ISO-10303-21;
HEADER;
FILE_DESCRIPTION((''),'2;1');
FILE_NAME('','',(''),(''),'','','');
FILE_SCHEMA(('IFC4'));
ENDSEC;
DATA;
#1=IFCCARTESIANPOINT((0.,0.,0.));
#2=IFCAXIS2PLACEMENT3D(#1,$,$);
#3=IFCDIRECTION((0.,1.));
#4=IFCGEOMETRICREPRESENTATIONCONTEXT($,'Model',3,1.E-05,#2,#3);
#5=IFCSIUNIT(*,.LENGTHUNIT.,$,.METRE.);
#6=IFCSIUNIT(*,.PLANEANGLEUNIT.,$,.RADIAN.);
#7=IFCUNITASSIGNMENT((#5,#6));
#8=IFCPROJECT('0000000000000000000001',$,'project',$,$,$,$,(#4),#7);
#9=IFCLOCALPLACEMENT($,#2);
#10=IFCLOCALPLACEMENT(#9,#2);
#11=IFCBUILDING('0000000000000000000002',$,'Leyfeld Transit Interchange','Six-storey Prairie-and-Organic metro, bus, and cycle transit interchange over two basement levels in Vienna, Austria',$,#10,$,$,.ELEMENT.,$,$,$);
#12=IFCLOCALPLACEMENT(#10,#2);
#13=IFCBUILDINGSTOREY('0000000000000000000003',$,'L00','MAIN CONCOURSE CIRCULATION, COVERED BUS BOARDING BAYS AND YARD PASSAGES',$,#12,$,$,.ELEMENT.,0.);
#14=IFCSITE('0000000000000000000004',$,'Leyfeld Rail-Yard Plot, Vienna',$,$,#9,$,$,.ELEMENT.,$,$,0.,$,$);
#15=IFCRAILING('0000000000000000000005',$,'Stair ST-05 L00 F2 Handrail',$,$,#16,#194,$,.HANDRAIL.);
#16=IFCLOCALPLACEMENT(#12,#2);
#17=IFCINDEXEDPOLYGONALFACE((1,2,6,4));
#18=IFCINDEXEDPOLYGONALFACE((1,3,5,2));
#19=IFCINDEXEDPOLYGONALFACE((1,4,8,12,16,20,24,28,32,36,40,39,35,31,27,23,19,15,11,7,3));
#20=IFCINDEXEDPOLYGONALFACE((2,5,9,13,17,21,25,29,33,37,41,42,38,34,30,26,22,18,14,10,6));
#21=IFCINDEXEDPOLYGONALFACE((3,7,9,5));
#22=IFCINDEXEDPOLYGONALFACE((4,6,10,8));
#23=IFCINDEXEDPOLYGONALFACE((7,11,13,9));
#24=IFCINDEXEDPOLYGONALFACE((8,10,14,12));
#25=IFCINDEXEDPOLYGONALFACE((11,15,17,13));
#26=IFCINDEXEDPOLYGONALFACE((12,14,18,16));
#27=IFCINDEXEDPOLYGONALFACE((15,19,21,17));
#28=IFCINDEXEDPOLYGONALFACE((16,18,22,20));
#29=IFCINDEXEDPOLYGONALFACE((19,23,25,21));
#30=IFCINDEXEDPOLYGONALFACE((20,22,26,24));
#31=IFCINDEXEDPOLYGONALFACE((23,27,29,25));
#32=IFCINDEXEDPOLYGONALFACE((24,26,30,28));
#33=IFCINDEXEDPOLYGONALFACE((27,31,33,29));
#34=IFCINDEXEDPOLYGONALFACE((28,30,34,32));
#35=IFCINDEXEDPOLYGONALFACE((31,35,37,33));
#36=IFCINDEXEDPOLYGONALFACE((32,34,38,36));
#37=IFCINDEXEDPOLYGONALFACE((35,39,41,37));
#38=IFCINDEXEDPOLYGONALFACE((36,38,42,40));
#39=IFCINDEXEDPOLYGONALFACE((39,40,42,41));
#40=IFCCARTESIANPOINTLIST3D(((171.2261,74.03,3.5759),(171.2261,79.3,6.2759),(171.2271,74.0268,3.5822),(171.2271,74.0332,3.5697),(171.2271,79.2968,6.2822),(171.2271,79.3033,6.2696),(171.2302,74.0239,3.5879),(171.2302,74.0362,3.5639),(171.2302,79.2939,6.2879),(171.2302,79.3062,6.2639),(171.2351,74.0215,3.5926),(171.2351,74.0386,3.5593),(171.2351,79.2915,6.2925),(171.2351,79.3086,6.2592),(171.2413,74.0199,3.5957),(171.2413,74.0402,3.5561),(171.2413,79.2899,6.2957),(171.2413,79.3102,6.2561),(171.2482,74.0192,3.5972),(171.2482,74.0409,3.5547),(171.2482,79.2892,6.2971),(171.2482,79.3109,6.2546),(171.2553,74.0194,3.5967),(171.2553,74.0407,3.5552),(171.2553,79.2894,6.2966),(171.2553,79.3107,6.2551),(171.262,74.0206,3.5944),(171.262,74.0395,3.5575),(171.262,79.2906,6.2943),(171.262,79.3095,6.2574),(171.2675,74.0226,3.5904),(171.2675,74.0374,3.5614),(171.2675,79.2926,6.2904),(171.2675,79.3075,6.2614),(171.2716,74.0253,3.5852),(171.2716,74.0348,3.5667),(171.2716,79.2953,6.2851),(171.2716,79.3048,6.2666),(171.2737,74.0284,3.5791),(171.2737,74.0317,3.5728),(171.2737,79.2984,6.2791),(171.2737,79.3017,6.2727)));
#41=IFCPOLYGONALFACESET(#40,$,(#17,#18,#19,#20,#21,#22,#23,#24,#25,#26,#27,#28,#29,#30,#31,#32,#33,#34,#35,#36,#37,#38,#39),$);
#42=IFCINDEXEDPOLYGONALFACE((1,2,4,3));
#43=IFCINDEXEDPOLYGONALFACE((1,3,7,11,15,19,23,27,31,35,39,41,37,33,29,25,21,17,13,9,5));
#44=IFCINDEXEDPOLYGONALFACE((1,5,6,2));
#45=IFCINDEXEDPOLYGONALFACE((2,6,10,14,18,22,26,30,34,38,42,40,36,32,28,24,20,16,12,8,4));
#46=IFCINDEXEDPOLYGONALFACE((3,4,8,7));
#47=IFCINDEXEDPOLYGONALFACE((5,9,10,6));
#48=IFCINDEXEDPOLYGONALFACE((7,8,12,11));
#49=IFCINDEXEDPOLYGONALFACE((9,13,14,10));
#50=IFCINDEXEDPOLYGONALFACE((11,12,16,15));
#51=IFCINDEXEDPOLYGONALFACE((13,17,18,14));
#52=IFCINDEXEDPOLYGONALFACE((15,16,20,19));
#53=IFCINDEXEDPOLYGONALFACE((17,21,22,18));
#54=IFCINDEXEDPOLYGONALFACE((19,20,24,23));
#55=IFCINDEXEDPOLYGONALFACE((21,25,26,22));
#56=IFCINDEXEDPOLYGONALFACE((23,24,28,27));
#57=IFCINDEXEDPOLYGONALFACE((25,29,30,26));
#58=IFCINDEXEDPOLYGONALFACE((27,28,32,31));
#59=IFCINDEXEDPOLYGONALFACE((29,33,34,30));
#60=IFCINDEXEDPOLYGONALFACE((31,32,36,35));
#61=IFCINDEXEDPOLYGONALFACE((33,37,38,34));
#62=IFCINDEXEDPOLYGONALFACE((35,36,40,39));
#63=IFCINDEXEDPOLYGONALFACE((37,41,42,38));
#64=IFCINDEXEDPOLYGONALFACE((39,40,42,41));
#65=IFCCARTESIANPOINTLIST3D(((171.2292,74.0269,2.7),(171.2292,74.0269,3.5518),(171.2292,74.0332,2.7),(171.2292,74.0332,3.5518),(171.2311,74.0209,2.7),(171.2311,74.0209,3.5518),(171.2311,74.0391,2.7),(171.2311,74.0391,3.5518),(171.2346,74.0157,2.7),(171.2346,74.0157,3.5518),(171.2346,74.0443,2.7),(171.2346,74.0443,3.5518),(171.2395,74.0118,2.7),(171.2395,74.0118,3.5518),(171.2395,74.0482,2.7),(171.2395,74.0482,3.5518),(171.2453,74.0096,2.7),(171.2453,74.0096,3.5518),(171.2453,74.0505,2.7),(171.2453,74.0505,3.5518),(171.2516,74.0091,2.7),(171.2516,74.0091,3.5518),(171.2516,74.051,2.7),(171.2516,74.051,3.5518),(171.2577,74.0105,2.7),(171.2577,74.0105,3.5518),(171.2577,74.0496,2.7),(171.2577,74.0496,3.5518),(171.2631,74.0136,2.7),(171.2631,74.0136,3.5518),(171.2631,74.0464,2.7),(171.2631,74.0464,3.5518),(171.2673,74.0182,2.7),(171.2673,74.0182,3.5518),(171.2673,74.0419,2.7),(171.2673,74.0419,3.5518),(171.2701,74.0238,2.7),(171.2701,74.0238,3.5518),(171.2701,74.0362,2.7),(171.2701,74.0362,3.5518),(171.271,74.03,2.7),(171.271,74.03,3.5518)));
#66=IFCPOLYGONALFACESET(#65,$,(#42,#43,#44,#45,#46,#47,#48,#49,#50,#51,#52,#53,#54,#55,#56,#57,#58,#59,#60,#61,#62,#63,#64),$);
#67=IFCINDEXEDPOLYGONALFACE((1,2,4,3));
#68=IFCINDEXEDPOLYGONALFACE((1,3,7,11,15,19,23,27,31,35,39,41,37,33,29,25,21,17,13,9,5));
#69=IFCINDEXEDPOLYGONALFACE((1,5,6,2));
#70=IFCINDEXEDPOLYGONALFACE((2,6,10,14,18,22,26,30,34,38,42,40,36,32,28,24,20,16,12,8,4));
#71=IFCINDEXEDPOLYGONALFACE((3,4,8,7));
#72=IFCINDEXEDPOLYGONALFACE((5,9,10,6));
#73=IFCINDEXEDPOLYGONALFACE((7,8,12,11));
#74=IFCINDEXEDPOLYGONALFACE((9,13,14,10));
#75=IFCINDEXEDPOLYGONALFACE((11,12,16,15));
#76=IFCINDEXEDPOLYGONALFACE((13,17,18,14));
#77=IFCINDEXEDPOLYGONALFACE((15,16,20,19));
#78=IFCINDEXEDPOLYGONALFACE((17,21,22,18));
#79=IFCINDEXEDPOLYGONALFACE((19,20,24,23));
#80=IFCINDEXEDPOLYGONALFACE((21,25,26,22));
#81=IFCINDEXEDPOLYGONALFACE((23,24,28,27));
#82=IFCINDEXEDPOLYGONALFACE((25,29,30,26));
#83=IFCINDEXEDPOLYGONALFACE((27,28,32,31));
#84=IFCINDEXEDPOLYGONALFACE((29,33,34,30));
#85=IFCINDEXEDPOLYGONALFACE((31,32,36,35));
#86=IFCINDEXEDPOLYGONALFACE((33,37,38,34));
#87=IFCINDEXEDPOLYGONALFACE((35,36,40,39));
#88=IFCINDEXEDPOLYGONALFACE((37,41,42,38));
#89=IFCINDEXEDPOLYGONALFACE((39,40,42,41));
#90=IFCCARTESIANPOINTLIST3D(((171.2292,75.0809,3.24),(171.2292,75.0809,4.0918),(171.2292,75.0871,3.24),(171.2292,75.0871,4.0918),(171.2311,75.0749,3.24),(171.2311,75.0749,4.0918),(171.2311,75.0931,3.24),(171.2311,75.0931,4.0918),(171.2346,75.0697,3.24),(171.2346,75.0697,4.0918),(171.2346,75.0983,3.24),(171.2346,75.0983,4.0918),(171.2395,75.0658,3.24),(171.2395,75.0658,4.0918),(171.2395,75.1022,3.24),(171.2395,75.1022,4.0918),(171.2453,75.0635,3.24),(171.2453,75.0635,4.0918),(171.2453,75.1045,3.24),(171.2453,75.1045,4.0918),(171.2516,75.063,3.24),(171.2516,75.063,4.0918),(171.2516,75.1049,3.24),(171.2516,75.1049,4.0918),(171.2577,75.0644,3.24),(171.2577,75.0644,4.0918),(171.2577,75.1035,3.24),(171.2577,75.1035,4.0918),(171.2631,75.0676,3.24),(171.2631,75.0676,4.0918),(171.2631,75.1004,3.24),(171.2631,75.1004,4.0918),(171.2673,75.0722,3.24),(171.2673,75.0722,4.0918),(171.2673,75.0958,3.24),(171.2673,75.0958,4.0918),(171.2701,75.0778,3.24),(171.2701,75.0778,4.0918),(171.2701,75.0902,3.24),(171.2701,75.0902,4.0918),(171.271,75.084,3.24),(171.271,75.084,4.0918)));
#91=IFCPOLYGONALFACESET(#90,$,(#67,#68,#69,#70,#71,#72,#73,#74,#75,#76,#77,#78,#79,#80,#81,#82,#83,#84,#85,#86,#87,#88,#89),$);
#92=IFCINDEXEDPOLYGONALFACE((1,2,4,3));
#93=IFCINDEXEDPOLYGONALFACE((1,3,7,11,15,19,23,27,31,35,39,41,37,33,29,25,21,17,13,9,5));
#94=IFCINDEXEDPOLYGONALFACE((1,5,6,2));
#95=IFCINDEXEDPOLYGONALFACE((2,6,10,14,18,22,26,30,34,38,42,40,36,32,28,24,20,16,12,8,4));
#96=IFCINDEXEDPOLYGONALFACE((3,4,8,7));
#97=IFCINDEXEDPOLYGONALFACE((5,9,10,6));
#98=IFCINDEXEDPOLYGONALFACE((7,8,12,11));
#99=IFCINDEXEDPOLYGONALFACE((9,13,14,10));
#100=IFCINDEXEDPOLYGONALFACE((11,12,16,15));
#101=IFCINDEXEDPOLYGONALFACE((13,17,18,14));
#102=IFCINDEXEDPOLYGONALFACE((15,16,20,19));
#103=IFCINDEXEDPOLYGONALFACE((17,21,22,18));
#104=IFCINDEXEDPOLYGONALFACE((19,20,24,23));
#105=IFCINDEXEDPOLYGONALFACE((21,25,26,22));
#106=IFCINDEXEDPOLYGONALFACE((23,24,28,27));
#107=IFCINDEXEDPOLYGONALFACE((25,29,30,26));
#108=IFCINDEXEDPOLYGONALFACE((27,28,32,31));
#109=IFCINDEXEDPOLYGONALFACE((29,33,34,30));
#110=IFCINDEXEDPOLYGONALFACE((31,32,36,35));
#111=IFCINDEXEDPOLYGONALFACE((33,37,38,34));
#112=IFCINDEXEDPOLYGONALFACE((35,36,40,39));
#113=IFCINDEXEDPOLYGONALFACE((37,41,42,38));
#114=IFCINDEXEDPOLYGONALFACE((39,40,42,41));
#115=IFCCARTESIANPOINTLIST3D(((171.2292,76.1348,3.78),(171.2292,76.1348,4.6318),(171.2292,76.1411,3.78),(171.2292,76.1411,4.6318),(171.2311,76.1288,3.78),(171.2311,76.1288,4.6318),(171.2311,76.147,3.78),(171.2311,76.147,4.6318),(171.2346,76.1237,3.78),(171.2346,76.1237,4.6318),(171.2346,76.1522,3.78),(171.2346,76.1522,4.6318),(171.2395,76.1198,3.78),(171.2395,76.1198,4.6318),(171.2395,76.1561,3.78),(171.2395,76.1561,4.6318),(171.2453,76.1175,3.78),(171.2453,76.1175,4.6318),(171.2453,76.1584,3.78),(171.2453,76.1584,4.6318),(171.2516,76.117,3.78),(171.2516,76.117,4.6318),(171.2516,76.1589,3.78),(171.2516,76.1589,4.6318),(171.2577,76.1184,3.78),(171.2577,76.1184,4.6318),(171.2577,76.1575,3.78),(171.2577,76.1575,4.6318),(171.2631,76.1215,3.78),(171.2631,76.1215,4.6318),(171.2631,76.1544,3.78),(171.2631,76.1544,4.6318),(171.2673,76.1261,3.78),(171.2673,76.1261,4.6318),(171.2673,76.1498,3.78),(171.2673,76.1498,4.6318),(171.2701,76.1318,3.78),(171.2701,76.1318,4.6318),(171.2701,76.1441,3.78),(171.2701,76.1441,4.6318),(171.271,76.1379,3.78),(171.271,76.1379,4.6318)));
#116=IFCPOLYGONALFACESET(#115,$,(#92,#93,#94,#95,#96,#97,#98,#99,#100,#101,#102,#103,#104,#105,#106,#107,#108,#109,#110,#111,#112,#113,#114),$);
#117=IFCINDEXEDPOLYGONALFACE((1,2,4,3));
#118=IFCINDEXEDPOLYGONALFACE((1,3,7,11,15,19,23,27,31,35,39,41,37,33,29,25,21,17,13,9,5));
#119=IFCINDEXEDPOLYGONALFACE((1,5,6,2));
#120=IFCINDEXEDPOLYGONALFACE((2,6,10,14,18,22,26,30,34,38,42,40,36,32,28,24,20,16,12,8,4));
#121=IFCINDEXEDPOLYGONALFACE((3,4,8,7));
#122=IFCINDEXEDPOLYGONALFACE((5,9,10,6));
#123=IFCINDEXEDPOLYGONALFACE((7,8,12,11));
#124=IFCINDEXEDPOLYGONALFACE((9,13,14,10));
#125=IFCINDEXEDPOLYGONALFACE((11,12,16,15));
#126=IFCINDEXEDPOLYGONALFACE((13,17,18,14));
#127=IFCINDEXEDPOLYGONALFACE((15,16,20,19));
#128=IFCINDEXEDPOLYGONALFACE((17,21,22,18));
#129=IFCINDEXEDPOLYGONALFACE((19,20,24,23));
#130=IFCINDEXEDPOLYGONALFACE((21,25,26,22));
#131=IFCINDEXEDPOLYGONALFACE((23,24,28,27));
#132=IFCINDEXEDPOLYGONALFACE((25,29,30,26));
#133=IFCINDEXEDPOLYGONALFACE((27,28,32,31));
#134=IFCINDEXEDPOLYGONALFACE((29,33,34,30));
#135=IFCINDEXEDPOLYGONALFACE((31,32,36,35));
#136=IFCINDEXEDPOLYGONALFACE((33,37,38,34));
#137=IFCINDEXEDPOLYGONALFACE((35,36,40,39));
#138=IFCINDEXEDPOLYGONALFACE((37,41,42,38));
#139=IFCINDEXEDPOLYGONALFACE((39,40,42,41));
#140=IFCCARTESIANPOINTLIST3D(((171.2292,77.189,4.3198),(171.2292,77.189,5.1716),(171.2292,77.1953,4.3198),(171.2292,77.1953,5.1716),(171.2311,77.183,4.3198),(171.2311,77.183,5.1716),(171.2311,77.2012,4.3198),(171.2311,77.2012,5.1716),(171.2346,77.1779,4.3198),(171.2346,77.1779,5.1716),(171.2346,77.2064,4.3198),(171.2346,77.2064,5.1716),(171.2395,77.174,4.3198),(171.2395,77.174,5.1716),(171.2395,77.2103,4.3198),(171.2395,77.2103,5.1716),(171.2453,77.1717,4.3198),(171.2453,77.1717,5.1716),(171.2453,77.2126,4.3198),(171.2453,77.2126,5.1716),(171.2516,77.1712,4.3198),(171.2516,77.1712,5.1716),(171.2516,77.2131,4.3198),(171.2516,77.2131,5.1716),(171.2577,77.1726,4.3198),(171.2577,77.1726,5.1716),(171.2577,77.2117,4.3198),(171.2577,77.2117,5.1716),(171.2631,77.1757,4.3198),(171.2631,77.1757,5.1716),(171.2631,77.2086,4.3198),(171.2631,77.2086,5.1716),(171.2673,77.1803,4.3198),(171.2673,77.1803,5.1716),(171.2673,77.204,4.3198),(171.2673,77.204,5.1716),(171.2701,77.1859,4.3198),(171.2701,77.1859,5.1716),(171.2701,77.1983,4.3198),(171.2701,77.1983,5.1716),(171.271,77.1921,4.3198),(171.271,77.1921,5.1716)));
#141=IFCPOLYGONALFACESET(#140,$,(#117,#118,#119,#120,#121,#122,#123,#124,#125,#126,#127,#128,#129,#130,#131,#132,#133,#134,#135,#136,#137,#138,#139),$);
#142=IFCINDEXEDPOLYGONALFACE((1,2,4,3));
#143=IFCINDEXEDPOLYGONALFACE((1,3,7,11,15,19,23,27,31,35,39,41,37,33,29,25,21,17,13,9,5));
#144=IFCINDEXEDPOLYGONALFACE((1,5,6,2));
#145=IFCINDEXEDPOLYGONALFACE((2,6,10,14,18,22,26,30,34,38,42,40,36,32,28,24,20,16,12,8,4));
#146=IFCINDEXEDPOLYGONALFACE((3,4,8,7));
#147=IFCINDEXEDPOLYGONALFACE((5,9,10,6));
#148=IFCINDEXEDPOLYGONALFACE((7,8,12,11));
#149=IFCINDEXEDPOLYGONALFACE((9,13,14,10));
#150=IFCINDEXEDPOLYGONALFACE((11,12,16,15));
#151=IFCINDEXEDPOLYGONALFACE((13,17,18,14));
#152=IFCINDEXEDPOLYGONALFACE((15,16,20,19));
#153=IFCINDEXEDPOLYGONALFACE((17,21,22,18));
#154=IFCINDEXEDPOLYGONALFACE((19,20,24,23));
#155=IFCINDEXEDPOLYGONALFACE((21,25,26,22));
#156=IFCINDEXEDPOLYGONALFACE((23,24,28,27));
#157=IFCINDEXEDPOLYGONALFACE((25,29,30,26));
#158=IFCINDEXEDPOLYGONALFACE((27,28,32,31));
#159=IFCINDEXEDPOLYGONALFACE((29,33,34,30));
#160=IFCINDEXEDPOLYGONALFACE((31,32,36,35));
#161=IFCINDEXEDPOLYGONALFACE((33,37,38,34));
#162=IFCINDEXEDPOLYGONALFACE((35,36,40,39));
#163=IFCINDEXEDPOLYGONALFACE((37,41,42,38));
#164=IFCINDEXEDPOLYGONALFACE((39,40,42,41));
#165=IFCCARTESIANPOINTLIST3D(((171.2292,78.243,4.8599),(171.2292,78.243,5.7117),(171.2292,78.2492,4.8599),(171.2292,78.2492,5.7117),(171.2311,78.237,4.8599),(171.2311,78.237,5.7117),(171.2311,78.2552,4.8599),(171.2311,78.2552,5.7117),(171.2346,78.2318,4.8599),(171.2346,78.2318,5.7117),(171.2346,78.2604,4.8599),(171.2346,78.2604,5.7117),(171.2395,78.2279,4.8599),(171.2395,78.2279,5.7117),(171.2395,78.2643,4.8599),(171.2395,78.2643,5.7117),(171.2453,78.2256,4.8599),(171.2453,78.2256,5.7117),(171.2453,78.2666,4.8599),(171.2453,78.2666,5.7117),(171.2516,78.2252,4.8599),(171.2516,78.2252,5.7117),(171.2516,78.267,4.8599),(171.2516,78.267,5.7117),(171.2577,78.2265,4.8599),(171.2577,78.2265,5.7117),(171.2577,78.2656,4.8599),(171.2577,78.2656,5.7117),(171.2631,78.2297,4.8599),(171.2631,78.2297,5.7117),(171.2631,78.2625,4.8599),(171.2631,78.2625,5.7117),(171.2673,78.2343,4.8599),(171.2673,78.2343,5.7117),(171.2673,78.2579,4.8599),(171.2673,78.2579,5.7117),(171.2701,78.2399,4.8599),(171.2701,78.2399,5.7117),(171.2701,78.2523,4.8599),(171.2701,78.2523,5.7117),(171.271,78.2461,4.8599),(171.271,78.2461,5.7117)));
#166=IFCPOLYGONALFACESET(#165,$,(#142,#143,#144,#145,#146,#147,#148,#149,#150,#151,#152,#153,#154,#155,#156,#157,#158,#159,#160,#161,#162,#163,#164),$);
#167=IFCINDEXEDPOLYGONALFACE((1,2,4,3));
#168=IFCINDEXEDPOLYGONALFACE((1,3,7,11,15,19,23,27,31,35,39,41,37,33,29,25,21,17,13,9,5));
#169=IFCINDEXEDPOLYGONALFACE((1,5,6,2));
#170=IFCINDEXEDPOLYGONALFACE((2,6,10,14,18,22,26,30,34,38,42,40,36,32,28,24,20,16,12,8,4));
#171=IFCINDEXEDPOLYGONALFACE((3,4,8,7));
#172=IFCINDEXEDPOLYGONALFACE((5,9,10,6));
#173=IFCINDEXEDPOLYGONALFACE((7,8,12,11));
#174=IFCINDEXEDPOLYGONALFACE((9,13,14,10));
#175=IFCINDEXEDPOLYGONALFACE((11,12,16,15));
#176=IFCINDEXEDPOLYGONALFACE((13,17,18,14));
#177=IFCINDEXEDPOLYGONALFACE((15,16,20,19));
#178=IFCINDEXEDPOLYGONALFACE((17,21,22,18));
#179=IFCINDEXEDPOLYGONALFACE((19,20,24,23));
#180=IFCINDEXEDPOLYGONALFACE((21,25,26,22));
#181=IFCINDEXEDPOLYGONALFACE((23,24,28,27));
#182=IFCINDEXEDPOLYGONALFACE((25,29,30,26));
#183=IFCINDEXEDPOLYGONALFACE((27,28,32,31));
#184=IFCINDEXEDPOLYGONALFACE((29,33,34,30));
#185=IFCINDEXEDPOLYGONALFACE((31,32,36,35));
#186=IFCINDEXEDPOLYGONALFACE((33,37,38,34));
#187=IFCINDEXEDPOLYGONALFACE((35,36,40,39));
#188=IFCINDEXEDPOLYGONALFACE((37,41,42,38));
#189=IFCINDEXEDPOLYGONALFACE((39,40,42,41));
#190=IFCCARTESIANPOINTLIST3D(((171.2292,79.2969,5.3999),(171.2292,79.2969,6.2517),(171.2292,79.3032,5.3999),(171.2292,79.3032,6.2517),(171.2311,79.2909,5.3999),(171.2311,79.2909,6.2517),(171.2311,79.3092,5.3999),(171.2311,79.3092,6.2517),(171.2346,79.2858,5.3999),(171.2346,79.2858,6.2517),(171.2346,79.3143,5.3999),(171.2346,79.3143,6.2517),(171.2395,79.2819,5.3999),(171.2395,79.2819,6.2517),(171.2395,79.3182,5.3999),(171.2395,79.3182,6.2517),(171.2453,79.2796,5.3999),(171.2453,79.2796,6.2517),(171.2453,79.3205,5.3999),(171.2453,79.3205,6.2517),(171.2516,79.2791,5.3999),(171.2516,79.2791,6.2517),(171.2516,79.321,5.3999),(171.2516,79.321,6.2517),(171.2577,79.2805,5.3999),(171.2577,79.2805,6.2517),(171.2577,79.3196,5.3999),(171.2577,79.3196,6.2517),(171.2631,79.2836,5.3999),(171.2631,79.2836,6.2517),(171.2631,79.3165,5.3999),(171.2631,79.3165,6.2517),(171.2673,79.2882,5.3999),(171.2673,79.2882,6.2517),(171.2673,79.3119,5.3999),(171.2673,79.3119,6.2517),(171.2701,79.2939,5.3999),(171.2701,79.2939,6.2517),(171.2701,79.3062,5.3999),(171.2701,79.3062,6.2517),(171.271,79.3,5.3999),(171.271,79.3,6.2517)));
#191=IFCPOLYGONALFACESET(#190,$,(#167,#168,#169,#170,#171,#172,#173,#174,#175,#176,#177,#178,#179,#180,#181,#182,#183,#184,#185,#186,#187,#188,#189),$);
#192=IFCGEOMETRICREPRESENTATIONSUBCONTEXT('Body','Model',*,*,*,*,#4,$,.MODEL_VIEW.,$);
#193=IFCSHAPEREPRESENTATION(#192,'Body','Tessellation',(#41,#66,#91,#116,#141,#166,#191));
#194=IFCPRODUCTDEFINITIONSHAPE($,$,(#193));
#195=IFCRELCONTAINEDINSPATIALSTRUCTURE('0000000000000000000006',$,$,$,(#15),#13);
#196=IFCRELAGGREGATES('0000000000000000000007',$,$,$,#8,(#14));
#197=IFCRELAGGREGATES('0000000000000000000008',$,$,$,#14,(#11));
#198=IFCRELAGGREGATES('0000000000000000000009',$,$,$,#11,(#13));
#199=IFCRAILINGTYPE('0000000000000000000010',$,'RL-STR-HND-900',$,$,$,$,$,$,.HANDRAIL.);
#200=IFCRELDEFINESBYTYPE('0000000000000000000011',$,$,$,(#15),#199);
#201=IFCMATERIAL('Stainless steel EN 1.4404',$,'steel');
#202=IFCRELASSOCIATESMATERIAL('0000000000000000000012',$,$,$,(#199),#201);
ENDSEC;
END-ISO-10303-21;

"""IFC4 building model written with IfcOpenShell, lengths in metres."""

from ifc_helpers import new_model, si_unit, direction, frame, origin, origin_2d, place, context, subcontext, project, spatial, circle, extrude, material, type_object, element, save


model = new_model("IFC4")

# Units and contexts
model_context = context("Model", 3, precision=1e-05, world=origin(), true_north=direction((0.0, 1.0)))
body_context = subcontext(model_context, "Body", "Model", "MODEL_VIEW")
ifc_project = project(units=[si_unit("LENGTHUNIT", "METRE"), si_unit("PLANEANGLEUNIT", "RADIAN")], contexts=[model_context])

# Site, building, storey
site_placement = place(None, origin())
site = spatial("IfcSite", under=ifc_project, at=site_placement, Name="Leyfeld Rail-Yard Plot, Vienna", CompositionType="ELEMENT", RefElevation=0.0)
building_placement = place(site_placement, origin())
building = spatial("IfcBuilding", under=site, at=building_placement, Name="Leyfeld Transit Interchange", Description="Six-storey Prairie-and-Organic metro, bus, and cycle transit interchange over two basement levels in Vienna, Austria", CompositionType="ELEMENT")
storey_placement = place(building_placement, origin())
storey = spatial("IfcBuildingStorey", under=building, at=storey_placement, Name="L00", Description="MAIN CONCOURSE CIRCULATION, COVERED BUS BOARDING BAYS AND YARD PASSAGES", CompositionType="ELEMENT", Elevation=0.0)

# Railing
ifc_material_1 = material(Name="Stainless steel EN 1.4404", Category="steel")
railing_type_1 = type_object("IfcRailingType", Name="RL-STR-HND-900", PredefinedType="HANDRAIL", material=ifc_material_1)
railing_1_placement = place(storey_placement, frame((171.25, 74.03, 2.7)))
element("IfcRailing", 1, at=railing_1_placement, inside=storey, type_object=railing_type_1, Name="Stair ST-05 L00 F2 Handrail", PredefinedType="HANDRAIL", context=body_context, shape_type="SweptSolid", body=[
    extrude(circle(Radius=0.0239, at=origin_2d()), frame((0.0, 0.0, 0.876), z_axis=(0.0, 0.889997, 0.455966), x_axis=(-1.0, 0.0, 0.0)), (0.0, 0.0, 1.0), 5.9214),
    extrude(circle(Radius=0.021, at=origin_2d()), origin(), (0.0, 0.0, 1.0), 0.8518),
    extrude(circle(Radius=0.021, at=origin_2d()), frame((0.0, 1.054, 0.54)), (0.0, 0.0, 1.0), 0.8518),
    extrude(circle(Radius=0.021, at=origin_2d()), frame((0.0, 2.1079, 1.0801)), (0.0, 0.0, 1.0), 0.8518),
    extrude(circle(Radius=0.021, at=origin_2d()), frame((0.0, 3.1621, 1.6199)), (0.0, 0.0, 1.0), 0.8518),
    extrude(circle(Radius=0.021, at=origin_2d()), frame((0.0, 4.2161, 2.1599)), (0.0, 0.0, 1.0), 0.8518),
    extrude(circle(Radius=0.021, at=origin_2d()), frame((0.0, 5.27, 2.7)), (0.0, 0.0, 1.0), 0.8518),
])

save(model, "model.ifc")
